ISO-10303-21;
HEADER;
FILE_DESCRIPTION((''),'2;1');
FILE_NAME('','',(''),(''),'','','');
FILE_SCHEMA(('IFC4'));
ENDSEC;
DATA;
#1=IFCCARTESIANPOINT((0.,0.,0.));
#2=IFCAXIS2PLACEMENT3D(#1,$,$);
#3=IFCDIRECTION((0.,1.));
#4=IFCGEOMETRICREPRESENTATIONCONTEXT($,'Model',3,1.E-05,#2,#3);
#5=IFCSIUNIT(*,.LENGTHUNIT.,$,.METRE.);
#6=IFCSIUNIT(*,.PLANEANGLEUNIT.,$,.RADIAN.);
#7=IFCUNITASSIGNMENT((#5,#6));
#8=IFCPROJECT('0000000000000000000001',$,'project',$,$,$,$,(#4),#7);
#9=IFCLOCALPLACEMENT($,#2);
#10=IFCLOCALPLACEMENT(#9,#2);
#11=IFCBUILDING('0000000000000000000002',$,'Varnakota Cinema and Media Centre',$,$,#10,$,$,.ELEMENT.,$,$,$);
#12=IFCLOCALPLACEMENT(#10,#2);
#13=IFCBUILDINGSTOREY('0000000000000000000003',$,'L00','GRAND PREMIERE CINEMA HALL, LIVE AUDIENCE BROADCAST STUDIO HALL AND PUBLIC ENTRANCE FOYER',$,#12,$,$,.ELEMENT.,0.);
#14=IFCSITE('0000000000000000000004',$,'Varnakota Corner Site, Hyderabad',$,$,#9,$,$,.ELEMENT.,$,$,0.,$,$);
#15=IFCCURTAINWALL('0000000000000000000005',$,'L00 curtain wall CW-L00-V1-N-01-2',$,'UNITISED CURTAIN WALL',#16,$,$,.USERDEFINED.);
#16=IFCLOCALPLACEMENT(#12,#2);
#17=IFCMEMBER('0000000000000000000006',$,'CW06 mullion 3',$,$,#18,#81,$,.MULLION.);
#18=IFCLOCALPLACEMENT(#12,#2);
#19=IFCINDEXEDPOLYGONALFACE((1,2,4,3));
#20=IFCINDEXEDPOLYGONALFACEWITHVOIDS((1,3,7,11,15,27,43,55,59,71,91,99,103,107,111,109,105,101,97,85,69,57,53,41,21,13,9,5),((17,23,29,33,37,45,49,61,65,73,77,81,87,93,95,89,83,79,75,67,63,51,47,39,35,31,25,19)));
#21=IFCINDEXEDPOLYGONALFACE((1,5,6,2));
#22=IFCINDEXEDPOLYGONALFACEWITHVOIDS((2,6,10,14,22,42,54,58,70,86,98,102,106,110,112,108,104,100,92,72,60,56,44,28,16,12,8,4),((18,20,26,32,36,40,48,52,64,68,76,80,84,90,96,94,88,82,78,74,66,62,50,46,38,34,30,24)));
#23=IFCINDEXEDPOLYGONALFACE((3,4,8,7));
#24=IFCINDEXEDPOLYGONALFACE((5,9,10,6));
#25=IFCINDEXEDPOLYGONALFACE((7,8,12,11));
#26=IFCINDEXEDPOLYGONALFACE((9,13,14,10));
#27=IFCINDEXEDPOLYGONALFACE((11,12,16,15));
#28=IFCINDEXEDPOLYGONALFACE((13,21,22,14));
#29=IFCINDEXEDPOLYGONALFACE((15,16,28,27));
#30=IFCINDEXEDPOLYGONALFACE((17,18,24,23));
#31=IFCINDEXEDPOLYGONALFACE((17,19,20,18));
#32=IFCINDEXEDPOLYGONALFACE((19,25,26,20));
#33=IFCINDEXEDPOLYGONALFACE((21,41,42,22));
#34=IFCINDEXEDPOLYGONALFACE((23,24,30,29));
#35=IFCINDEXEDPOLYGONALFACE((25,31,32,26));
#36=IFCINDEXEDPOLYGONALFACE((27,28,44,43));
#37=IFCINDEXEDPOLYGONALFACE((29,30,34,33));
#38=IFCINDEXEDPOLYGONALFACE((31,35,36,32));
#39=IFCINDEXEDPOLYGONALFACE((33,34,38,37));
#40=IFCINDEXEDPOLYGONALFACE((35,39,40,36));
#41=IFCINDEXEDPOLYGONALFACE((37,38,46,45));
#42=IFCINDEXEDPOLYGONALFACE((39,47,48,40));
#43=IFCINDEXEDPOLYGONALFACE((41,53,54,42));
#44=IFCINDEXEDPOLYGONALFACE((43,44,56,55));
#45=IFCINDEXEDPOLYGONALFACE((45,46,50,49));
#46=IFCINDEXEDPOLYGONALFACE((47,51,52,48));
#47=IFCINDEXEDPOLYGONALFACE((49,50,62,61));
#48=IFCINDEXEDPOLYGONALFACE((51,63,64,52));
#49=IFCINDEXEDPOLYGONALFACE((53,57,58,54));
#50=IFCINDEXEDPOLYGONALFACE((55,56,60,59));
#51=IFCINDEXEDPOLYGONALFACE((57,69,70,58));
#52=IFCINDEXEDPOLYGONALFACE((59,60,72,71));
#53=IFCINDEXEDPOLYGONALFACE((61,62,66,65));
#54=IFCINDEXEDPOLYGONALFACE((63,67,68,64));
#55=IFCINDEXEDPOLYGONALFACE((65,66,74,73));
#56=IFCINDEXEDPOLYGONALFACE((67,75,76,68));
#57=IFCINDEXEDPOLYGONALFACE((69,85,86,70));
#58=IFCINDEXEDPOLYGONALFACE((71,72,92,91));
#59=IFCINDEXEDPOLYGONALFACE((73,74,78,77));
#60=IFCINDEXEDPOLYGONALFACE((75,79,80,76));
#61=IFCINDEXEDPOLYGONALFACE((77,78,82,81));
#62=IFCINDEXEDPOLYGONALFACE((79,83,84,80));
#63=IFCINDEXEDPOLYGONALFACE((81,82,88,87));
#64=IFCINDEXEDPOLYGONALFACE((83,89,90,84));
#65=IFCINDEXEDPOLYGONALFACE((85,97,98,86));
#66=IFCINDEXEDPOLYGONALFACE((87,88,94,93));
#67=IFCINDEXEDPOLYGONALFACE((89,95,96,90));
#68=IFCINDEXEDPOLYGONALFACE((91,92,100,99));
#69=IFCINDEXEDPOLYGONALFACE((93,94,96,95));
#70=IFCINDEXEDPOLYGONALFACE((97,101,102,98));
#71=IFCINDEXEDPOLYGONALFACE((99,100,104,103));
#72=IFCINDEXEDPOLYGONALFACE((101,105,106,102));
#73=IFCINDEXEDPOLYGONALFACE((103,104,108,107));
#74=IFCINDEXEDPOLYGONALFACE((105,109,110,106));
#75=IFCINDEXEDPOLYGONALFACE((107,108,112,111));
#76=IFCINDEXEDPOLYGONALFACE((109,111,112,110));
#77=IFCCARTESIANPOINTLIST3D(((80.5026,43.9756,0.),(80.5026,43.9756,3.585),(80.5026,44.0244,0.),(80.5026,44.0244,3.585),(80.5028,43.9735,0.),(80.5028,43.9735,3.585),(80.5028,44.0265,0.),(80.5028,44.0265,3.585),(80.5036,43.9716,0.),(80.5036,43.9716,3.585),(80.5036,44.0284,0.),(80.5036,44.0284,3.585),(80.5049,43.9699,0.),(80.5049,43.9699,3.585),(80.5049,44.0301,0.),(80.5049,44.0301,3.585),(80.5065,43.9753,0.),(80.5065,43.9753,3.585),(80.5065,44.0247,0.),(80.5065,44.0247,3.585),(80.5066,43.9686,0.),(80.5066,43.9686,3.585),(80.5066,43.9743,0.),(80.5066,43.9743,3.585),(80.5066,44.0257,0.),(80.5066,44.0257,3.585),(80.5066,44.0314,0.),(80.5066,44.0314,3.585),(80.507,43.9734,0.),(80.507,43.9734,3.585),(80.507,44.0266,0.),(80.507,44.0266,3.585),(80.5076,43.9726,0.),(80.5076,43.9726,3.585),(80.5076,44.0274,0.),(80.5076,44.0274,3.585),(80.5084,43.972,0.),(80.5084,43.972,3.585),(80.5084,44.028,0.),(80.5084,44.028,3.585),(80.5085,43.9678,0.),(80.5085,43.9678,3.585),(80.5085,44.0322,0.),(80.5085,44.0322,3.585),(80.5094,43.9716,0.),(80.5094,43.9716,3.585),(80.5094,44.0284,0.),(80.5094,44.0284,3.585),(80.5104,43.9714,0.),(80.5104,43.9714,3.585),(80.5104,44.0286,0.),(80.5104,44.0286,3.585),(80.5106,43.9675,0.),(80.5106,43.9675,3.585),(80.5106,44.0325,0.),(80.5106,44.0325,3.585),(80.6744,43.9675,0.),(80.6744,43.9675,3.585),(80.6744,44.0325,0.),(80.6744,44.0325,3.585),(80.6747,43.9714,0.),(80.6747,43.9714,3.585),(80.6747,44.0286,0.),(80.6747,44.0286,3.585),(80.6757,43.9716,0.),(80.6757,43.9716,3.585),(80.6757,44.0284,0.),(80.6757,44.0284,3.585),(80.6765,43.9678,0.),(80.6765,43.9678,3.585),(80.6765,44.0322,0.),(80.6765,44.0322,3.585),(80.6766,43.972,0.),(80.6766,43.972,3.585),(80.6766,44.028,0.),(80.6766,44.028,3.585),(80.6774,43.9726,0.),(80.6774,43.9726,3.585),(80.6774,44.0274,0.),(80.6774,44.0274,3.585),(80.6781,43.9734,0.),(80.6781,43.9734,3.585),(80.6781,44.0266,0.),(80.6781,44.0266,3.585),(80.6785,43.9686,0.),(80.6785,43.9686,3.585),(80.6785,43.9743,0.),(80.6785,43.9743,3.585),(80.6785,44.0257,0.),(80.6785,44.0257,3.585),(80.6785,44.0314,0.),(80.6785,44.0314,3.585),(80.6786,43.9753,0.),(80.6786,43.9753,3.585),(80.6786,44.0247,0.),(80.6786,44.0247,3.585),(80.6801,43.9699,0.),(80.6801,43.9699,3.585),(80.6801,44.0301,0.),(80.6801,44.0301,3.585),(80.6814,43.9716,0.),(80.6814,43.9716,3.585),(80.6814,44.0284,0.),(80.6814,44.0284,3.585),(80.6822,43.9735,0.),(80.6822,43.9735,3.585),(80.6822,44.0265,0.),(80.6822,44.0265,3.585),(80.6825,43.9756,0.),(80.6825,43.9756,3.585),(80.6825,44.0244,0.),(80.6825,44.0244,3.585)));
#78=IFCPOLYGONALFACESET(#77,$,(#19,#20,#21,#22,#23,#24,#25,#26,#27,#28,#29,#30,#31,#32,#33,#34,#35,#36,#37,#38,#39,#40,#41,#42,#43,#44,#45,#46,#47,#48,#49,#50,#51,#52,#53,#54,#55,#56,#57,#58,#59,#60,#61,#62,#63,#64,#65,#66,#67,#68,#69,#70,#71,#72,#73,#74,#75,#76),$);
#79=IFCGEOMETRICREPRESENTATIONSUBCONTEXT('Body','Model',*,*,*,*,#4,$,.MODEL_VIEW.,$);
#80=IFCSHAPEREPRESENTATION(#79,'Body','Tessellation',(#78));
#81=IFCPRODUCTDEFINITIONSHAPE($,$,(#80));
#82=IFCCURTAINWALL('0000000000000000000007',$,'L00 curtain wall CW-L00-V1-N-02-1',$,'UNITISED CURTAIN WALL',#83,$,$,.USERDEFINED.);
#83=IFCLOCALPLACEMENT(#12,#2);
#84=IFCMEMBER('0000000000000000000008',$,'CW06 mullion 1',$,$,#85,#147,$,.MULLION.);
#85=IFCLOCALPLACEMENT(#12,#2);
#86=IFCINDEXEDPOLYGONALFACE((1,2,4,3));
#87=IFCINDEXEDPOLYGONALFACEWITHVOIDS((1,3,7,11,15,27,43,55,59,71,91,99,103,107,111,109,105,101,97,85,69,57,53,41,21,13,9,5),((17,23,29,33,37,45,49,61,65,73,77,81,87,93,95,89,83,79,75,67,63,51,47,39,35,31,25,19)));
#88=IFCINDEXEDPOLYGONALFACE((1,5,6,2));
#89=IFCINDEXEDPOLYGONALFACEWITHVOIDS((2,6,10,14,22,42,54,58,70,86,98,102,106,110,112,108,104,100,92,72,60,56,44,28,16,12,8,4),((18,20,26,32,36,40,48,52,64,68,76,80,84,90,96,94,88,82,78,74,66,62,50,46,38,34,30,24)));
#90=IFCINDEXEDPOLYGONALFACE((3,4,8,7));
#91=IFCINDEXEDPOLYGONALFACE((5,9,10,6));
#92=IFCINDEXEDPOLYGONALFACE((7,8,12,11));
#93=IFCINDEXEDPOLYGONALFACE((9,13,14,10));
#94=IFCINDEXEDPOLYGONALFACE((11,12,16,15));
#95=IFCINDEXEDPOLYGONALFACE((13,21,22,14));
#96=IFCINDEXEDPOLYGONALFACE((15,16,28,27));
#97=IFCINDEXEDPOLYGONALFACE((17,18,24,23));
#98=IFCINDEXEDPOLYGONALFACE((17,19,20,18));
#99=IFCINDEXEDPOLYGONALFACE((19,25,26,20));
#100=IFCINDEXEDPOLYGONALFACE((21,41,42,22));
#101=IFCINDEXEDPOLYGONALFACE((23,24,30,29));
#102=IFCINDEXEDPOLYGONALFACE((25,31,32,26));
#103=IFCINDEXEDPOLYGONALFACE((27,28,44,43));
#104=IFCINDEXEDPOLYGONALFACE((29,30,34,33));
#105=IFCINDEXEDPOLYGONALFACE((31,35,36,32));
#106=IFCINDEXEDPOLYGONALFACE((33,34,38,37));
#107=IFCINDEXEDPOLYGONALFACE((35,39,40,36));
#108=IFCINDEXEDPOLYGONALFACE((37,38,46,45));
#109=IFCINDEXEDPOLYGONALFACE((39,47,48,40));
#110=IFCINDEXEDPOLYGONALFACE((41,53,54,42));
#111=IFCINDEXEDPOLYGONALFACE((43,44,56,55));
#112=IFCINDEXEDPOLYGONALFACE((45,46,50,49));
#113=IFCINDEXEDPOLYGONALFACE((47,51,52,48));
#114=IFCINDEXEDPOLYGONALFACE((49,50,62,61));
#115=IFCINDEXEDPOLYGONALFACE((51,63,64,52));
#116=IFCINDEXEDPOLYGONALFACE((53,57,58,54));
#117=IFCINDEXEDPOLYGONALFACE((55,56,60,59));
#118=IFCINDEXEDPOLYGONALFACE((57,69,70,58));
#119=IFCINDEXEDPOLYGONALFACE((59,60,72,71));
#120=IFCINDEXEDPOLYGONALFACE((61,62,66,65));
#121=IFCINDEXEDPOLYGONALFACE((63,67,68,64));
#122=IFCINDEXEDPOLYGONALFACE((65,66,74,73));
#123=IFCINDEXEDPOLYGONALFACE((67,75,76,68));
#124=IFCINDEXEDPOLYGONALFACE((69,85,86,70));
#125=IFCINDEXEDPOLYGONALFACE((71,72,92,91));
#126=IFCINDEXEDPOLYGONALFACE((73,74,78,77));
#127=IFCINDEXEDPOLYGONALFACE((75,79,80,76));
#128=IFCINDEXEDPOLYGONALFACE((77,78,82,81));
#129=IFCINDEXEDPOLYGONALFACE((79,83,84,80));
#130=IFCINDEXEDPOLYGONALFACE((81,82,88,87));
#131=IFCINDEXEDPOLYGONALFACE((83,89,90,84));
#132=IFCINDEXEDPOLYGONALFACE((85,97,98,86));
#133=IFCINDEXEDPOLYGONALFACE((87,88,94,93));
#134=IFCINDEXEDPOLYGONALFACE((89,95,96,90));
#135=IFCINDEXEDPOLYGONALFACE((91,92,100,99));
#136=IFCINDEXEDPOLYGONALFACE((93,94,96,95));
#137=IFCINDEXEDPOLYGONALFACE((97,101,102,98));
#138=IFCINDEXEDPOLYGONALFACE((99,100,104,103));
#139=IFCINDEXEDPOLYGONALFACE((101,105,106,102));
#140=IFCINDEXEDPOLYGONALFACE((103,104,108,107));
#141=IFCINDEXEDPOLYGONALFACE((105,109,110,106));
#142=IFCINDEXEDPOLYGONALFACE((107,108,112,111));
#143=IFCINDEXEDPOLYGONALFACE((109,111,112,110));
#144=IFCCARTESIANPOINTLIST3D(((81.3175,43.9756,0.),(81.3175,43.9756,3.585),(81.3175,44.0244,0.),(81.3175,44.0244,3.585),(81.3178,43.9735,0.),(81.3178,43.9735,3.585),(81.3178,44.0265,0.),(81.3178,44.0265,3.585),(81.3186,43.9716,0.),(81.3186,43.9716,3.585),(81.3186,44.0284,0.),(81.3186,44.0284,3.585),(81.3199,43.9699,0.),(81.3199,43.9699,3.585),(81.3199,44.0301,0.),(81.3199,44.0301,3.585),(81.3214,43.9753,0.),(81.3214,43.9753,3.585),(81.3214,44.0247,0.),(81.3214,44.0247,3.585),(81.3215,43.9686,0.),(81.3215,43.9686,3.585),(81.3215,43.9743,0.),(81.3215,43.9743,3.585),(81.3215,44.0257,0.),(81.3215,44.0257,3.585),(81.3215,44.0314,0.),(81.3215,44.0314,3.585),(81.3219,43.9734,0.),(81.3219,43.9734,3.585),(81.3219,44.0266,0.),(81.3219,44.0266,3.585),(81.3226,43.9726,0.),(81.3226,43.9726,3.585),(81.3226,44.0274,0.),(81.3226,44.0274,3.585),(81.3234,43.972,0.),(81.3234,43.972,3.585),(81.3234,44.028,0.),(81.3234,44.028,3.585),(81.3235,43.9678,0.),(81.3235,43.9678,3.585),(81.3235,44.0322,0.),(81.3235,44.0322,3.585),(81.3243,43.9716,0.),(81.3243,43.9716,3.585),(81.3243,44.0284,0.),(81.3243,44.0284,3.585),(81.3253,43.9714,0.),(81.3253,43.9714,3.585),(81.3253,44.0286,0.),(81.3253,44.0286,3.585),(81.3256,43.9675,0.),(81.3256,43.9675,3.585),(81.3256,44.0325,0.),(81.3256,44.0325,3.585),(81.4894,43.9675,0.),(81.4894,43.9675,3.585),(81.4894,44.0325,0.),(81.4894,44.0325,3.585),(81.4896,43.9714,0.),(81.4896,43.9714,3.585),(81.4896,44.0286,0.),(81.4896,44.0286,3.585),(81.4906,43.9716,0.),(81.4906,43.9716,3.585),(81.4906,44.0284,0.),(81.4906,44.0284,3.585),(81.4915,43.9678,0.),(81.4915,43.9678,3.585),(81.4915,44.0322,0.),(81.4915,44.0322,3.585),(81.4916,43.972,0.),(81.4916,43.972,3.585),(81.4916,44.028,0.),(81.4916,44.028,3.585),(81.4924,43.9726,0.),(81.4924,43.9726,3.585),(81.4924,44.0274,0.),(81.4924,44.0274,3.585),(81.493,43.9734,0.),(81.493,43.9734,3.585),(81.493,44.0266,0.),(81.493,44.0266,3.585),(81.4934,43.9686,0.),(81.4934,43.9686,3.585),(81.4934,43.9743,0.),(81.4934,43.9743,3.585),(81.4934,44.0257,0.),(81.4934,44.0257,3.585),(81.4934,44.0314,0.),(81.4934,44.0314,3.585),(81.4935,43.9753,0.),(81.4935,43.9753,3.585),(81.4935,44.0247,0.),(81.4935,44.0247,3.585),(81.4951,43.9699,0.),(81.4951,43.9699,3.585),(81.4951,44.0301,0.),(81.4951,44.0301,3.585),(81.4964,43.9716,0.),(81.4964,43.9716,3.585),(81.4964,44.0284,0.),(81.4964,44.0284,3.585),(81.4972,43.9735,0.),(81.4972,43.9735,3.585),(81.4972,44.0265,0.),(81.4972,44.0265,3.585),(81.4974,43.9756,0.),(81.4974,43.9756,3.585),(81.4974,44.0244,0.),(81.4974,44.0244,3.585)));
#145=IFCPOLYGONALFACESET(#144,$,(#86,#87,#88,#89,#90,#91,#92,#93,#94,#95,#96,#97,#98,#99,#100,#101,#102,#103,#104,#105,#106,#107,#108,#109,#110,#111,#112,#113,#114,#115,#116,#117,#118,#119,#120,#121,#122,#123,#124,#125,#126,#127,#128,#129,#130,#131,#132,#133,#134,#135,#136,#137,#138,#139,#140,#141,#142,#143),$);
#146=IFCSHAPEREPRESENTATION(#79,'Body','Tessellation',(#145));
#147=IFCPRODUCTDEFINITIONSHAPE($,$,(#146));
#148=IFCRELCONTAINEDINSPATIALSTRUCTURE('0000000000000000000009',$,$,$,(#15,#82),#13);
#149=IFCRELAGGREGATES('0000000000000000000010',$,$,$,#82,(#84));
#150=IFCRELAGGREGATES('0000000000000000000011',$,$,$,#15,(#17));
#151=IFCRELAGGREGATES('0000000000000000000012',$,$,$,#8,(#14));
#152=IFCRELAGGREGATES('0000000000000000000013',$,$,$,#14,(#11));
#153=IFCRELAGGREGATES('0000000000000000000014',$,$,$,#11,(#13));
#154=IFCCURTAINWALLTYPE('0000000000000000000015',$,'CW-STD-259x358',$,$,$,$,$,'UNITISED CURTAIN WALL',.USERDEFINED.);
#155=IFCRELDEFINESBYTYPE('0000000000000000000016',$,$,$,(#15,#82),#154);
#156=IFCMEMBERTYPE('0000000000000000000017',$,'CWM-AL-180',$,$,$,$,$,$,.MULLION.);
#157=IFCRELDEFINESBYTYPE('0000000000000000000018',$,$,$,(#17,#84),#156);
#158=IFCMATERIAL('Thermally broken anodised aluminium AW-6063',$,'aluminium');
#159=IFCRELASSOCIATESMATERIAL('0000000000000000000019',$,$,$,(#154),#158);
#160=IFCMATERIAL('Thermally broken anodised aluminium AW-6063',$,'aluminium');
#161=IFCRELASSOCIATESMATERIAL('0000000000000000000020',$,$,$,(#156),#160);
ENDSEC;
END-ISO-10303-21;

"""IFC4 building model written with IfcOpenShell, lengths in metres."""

from ifc_helpers import new_model, si_unit, direction, frame, origin, origin_2d, place, context, subcontext, project, spatial, hollow_rectangle, extrude, material, material_profile, profile_set, type_object, element, aggregate, save


model = new_model("IFC4")

# Units and contexts
model_context = context("Model", 3, precision=1e-05, world=origin(), true_north=direction((0.0, 1.0)))
body_context = subcontext(model_context, "Body", "Model", "MODEL_VIEW")
ifc_project = project(units=[si_unit("LENGTHUNIT", "METRE"), si_unit("PLANEANGLEUNIT", "RADIAN")], contexts=[model_context])

# Site, building, storey
site_placement = place(None, origin())
site = spatial("IfcSite", under=ifc_project, at=site_placement, Name="Varnakota Corner Site, Hyderabad", CompositionType="ELEMENT", RefElevation=0.0)
building_placement = place(site_placement, origin())
building = spatial("IfcBuilding", under=site, at=building_placement, Name="Varnakota Cinema and Media Centre", CompositionType="ELEMENT")
storey_placement = place(building_placement, origin())
storey = spatial("IfcBuildingStorey", under=building, at=storey_placement, Name="L00", Description="GRAND PREMIERE CINEMA HALL, LIVE AUDIENCE BROADCAST STUDIO HALL AND PUBLIC ENTRANCE FOYER", CompositionType="ELEMENT", Elevation=0.0)

# Curtain wall, member
ifc_material_1 = material(Name="Thermally broken anodised aluminium AW-6063", Category="aluminium")
curtain_wall_type = type_object("IfcCurtainWallType", Name="CW-STD-259x358", ElementType="UNITISED CURTAIN WALL", PredefinedType="USERDEFINED", material=ifc_material_1)
curtain_wall_1_placement = place(storey_placement, origin())
curtain_wall_1 = element("IfcCurtainWall", 1, at=curtain_wall_1_placement, inside=storey, type_object=curtain_wall_type, Name="L00 curtain wall CW-L00-V1-N-01-2", ObjectType="UNITISED CURTAIN WALL", PredefinedType="USERDEFINED")
ifc_material_2 = material(Name="Thermally broken anodised aluminium AW-6063", Category="aluminium")
ifc_material_profile_1 = material_profile(ifc_material_2, hollow_rectangle(XDim=0.0649, YDim=0.1799, WallThickness=0.0039, InnerFilletRadius=0.0039, OuterFilletRadius=0.0081, at=origin_2d()), Name="AL-MULLION 180x65x4")
ifc_profile_set_1 = profile_set([ifc_material_profile_1], Name="Thermally broken anodised aluminium AW-6063")
member_type_1 = type_object("IfcMemberType", Name="CWM-AL-180", PredefinedType="MULLION", material=ifc_profile_set_1)
member_1_placement = place(storey_placement, frame((80.5925, 44.0, 0.0), z_axis=(0.0, 0.0, 1.0), x_axis=(0.0, 1.0, 0.0)))
member_1 = element("IfcMember", 2, at=member_1_placement, type_object=member_type_1, Name="CW06 mullion 3", PredefinedType="MULLION", context=body_context, shape_type="SweptSolid", body=[
    extrude(hollow_rectangle(XDim=0.0649, YDim=0.1799, WallThickness=0.0039, InnerFilletRadius=0.0039, OuterFilletRadius=0.0081, at=origin_2d()), origin(), (0.0, 0.0, 1.0), 3.585),
])

# Curtain wall, member
curtain_wall_2_placement = place(storey_placement, origin())
curtain_wall_2 = element("IfcCurtainWall", 3, at=curtain_wall_2_placement, inside=storey, type_object=curtain_wall_type, Name="L00 curtain wall CW-L00-V1-N-02-1", ObjectType="UNITISED CURTAIN WALL", PredefinedType="USERDEFINED")
member_2_placement = place(storey_placement, frame((81.4075, 44.0, 0.0), z_axis=(0.0, 0.0, 1.0), x_axis=(0.0, 1.0, 0.0)))
member_2 = element("IfcMember", 4, at=member_2_placement, type_object=member_type_1, Name="CW06 mullion 1", PredefinedType="MULLION", context=body_context, shape_type="SweptSolid", body=[
    extrude(hollow_rectangle(XDim=0.0649, YDim=0.1799, WallThickness=0.0039, InnerFilletRadius=0.0039, OuterFilletRadius=0.0081, at=origin_2d()), origin(), (0.0, 0.0, 1.0), 3.585),
])

aggregate(curtain_wall_2, [member_2])

aggregate(curtain_wall_1, [member_1])

save(model, "model.ifc")
